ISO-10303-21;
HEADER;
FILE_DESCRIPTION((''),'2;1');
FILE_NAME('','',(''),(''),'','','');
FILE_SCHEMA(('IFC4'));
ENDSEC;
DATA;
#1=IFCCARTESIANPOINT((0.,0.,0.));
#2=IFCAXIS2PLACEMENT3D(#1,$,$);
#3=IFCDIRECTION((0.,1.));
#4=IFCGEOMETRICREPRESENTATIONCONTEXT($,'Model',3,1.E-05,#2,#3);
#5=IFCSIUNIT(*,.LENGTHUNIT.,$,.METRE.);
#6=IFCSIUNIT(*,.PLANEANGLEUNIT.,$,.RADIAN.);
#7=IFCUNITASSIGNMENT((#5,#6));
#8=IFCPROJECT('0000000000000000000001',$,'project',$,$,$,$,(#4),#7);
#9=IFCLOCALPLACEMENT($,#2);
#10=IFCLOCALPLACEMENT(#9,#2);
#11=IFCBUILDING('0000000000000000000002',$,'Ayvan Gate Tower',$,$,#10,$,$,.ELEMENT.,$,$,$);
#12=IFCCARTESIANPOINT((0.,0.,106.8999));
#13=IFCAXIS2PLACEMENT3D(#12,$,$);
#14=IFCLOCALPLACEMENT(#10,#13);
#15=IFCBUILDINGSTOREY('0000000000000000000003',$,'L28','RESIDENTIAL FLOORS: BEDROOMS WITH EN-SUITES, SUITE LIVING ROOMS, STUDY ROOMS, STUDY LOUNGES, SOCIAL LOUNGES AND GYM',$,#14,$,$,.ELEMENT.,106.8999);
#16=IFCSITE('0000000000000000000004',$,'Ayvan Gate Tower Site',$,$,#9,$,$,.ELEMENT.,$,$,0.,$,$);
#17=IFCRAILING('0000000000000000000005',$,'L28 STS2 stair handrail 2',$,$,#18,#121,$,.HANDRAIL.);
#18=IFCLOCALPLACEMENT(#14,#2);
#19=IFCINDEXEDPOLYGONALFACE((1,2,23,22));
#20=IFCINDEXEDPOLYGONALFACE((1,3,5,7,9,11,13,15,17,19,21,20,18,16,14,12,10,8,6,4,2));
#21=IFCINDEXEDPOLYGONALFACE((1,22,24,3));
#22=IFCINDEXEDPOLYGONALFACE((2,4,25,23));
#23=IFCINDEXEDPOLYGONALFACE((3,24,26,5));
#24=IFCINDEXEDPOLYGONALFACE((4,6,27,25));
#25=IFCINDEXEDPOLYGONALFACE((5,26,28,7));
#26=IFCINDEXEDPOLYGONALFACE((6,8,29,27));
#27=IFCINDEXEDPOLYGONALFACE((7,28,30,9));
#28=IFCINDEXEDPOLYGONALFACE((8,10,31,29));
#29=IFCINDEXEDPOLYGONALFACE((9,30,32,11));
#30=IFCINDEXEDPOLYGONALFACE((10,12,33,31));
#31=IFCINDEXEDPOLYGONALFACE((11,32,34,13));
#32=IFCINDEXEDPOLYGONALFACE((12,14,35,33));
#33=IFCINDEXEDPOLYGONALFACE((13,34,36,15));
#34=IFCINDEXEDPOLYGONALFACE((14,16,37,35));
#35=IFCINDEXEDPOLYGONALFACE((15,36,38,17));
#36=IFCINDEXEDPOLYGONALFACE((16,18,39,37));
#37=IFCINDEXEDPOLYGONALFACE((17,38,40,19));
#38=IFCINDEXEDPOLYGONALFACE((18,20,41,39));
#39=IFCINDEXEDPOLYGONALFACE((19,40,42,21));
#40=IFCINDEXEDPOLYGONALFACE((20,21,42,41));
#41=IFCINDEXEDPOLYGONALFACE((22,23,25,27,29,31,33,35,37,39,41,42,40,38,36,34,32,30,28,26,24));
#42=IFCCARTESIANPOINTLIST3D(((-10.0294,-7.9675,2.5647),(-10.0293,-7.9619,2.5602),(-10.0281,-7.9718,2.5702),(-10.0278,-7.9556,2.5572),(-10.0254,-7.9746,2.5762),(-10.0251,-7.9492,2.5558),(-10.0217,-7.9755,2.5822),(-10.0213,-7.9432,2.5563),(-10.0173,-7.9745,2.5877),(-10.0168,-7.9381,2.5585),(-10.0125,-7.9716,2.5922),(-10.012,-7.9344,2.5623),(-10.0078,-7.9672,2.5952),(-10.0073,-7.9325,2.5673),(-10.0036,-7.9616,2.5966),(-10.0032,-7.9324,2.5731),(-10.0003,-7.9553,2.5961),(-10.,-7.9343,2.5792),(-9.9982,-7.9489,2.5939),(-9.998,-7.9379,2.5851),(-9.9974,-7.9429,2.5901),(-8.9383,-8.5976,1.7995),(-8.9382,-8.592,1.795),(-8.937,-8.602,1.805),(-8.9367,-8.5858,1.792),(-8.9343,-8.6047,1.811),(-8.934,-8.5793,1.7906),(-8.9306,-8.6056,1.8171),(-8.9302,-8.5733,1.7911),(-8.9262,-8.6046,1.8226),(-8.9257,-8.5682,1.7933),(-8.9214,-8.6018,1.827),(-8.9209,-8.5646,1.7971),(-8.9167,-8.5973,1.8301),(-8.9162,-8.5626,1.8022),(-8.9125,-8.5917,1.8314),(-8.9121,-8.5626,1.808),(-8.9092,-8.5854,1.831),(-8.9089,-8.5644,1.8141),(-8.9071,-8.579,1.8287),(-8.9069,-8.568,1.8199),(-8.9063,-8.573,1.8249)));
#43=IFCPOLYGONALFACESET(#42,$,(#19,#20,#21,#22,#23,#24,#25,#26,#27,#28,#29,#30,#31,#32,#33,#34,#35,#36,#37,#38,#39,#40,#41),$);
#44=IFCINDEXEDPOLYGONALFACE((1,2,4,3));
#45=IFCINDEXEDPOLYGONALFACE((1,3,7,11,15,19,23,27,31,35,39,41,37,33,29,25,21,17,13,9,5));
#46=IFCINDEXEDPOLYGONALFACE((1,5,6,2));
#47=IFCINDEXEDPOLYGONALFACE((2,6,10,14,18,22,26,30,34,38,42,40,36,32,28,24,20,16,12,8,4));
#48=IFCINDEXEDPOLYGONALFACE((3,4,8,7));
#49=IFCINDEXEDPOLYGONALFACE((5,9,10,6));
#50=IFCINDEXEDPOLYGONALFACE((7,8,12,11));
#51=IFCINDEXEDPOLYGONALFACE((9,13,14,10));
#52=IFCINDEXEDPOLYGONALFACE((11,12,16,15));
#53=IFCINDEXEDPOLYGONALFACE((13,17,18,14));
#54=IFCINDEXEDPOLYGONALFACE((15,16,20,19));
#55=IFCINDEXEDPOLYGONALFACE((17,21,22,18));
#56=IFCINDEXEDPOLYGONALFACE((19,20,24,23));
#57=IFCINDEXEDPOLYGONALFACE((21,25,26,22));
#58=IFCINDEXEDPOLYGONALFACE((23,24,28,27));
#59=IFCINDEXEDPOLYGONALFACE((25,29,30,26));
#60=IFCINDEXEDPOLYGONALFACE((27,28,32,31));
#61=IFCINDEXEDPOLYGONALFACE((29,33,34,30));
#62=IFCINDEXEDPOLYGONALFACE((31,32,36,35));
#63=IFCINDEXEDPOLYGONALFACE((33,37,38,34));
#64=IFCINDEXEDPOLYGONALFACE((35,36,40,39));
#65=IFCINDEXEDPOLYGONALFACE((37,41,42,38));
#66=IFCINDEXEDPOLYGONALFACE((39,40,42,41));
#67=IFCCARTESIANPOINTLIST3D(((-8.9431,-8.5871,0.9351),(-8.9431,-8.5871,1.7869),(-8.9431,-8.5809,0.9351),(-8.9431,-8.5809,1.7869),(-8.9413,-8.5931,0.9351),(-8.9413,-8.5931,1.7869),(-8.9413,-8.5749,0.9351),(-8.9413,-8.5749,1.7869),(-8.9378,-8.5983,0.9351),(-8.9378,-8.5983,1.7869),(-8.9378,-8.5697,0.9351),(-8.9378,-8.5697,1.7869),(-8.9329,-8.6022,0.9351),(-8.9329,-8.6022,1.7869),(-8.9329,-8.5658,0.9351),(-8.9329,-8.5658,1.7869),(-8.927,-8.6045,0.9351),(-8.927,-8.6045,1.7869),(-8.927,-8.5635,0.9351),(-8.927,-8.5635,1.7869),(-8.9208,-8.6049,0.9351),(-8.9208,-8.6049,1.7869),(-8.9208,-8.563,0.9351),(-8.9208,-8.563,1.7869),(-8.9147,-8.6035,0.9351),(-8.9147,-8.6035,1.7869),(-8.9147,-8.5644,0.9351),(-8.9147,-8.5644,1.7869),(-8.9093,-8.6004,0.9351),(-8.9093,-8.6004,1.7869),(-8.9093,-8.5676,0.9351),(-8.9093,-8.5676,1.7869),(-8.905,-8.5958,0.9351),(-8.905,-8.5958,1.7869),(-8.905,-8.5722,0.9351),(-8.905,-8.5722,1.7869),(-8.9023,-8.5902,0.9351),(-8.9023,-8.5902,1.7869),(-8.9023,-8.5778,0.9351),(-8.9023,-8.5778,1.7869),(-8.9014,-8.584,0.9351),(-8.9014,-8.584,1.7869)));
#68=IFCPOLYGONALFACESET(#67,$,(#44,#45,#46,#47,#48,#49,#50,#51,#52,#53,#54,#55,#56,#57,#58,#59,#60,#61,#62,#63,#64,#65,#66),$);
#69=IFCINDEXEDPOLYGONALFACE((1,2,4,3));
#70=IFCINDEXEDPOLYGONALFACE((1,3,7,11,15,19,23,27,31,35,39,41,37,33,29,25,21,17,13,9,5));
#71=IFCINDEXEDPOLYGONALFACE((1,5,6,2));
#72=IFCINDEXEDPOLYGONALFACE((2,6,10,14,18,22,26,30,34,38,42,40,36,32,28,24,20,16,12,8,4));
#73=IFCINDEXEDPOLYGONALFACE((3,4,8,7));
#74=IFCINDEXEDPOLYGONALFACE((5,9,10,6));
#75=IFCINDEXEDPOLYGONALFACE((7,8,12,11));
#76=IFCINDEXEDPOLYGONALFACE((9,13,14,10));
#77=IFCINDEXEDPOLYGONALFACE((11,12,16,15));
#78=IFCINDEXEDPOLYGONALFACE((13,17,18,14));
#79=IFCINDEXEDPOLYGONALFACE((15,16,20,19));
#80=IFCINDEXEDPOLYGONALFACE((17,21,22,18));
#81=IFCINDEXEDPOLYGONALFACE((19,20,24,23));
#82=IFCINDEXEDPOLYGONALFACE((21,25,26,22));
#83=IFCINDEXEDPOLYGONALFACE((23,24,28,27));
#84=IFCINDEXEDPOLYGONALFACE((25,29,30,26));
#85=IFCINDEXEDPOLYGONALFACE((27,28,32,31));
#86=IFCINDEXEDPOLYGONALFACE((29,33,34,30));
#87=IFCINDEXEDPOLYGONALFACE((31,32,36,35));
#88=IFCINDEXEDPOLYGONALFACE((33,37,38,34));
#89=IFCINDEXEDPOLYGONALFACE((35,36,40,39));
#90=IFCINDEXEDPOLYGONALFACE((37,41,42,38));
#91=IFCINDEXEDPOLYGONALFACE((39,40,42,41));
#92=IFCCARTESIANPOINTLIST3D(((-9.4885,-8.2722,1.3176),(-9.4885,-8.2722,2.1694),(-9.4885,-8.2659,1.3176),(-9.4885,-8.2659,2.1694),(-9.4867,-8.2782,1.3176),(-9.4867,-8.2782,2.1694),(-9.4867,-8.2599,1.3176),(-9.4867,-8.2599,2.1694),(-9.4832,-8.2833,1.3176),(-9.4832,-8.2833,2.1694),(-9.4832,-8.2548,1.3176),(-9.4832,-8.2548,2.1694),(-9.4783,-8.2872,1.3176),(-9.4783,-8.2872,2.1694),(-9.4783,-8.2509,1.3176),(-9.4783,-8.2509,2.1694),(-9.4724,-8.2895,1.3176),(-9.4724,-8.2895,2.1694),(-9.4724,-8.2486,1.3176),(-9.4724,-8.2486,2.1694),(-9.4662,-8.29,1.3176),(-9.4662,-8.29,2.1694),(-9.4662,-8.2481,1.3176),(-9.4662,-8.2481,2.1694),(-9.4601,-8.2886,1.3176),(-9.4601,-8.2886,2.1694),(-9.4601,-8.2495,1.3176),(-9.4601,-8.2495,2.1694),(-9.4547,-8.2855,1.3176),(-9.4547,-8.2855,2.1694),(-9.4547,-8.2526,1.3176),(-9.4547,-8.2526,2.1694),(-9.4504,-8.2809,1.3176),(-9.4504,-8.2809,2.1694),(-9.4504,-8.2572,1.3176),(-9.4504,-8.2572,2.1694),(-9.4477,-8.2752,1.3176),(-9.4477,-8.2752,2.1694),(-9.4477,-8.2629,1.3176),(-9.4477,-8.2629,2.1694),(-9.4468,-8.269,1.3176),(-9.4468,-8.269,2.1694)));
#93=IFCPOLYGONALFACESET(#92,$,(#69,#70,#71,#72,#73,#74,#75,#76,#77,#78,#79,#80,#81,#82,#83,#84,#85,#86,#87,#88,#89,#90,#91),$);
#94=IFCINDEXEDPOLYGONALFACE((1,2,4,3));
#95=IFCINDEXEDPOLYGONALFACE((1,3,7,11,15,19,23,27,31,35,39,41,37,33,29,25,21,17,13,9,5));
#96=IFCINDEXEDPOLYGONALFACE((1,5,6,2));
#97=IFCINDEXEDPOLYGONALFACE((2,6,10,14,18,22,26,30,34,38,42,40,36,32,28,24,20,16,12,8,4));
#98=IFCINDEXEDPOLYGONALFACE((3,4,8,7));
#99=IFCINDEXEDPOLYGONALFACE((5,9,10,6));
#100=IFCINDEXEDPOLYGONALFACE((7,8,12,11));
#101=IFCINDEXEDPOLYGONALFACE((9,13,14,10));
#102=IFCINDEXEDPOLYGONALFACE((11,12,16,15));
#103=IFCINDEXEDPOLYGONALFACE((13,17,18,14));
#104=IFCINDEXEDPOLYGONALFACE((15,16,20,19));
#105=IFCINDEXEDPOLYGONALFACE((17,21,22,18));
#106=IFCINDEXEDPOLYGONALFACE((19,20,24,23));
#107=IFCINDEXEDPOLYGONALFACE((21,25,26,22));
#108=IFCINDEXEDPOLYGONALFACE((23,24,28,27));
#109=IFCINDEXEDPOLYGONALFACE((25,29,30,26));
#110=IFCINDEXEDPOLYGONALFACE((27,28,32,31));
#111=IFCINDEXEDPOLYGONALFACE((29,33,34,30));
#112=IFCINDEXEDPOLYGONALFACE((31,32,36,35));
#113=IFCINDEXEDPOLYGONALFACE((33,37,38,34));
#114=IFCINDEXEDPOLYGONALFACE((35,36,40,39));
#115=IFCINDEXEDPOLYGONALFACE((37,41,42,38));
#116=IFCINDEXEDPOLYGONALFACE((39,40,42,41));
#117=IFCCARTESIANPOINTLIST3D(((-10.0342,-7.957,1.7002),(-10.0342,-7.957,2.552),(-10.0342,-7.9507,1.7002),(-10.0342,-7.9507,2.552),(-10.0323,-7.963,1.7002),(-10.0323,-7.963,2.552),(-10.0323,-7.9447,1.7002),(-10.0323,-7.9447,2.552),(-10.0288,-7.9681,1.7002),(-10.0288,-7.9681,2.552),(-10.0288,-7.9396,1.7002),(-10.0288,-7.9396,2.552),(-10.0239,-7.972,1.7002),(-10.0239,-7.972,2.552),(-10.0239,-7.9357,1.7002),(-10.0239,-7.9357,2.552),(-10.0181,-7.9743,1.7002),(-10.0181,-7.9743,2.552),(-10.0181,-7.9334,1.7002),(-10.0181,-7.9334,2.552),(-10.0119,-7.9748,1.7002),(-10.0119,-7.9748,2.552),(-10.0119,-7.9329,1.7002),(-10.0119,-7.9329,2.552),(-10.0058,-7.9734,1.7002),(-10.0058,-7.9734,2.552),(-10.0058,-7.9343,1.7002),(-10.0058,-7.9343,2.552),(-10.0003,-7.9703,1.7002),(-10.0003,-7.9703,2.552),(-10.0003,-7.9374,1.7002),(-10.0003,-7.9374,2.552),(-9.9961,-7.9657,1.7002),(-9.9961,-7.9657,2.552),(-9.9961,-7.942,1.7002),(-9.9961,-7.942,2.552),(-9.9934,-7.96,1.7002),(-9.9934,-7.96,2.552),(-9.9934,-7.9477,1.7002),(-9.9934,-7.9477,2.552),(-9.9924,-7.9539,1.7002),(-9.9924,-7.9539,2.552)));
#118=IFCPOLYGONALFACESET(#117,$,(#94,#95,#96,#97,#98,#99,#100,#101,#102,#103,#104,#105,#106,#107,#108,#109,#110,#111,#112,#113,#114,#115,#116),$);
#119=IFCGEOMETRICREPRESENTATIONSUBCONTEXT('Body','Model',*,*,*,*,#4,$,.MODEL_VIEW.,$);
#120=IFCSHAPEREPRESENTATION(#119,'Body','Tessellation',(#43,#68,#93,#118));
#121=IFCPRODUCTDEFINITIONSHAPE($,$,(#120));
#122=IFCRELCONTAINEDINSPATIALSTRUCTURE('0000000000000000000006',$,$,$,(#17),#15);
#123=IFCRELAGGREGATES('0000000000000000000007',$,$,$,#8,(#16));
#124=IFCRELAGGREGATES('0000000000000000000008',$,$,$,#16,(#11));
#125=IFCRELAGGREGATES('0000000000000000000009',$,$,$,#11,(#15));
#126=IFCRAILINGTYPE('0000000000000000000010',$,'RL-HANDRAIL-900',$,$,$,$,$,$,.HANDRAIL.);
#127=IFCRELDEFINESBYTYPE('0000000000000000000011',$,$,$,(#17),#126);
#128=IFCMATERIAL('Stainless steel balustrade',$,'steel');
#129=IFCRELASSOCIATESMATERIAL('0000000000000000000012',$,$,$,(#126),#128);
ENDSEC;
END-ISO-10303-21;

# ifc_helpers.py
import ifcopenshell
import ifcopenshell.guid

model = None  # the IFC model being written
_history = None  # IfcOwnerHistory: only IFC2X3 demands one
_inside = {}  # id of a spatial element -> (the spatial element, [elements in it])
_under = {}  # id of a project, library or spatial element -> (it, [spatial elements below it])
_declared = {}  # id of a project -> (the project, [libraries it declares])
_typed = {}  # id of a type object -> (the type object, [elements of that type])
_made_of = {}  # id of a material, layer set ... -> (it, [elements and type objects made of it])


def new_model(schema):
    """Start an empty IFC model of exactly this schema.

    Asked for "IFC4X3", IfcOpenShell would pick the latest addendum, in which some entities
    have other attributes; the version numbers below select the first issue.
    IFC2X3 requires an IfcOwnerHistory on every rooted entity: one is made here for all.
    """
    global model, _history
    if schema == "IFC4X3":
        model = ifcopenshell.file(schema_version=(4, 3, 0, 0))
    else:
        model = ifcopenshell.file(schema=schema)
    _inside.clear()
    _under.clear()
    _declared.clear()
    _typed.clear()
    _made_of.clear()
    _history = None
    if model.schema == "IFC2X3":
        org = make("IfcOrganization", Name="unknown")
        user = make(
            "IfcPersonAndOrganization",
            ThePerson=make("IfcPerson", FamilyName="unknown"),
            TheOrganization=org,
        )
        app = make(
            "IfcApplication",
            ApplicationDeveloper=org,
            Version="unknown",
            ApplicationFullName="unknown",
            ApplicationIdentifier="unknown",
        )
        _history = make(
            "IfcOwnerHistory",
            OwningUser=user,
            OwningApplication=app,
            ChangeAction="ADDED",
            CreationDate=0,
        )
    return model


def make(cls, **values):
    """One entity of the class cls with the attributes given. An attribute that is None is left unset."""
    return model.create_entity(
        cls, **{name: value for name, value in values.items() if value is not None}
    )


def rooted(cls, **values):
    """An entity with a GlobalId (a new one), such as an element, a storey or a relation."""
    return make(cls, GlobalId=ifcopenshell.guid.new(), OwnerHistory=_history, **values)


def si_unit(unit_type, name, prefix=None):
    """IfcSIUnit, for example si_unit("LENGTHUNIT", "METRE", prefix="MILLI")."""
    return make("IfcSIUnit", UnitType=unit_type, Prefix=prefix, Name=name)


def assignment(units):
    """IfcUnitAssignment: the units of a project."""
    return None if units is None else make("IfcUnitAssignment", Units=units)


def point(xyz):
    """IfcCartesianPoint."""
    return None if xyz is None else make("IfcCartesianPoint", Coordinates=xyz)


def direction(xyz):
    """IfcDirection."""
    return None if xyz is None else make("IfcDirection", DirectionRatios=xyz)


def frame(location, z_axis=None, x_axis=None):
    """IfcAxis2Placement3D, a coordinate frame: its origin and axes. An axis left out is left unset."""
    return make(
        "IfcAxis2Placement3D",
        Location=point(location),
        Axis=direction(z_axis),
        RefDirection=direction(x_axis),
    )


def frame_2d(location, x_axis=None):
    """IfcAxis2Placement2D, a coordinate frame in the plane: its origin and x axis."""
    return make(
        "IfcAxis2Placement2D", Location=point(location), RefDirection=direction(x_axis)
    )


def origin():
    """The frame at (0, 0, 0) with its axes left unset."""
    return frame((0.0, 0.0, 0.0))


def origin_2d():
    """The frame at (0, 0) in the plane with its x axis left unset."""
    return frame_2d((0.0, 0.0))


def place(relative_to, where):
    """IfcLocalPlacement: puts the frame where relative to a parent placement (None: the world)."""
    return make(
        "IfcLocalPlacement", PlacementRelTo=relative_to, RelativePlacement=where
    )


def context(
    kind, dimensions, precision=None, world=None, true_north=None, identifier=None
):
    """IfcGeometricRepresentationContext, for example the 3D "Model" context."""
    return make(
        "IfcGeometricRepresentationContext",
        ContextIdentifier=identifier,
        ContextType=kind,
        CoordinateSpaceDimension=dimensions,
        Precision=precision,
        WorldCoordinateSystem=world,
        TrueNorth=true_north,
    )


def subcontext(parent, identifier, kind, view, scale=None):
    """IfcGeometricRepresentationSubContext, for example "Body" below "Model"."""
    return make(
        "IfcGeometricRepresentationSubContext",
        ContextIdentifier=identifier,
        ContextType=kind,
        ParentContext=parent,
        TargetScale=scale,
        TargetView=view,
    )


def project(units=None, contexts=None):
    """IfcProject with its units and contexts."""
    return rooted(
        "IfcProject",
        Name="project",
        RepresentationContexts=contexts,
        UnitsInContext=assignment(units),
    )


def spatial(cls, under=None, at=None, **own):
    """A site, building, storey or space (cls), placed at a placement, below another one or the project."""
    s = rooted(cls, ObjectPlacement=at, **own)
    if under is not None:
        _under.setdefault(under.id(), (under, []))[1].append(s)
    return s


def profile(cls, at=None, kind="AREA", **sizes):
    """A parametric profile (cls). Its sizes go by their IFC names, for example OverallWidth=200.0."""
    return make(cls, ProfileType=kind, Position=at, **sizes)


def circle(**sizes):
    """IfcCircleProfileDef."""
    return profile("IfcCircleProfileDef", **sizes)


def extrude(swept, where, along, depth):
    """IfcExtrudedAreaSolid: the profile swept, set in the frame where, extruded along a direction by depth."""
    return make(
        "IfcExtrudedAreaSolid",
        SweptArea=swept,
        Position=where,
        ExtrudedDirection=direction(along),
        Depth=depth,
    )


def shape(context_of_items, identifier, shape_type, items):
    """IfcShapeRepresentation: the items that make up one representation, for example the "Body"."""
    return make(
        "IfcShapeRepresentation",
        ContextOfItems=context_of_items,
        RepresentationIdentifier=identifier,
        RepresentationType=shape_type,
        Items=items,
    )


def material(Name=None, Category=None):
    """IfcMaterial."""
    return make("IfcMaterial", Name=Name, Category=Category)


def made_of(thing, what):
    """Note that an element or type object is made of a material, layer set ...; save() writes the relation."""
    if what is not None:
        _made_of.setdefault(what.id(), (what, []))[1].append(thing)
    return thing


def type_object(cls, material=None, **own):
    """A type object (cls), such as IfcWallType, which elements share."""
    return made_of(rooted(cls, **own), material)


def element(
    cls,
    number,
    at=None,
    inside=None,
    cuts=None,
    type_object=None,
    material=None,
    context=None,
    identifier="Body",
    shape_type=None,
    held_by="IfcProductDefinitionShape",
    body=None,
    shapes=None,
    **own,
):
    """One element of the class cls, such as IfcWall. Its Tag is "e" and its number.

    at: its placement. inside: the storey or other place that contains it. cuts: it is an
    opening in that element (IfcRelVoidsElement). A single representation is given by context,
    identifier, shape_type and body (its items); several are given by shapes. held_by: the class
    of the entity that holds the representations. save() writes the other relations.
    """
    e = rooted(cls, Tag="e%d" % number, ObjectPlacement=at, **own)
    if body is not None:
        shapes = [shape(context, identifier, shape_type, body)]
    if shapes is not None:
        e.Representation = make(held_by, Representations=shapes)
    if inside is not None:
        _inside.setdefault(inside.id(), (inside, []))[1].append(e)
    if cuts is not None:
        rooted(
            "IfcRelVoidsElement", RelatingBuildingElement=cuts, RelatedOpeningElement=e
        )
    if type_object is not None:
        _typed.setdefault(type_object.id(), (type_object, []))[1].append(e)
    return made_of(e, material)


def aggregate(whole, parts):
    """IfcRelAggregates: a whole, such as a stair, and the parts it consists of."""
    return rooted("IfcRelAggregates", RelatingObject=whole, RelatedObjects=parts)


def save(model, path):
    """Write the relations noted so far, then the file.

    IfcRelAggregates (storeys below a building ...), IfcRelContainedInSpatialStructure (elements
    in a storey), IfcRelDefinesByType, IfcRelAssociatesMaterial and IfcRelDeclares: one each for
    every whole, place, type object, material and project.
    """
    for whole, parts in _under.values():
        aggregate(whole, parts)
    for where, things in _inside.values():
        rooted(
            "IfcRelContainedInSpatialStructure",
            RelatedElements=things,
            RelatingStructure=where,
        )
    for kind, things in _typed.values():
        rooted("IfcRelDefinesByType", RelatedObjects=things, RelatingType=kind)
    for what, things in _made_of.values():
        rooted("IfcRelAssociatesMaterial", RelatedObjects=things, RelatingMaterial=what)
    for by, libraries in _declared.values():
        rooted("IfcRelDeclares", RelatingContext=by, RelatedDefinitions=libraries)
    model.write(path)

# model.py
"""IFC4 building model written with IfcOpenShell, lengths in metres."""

from ifc_helpers import new_model, si_unit, direction, frame, origin, origin_2d, place, context, subcontext, project, spatial, circle, extrude, material, type_object, element, save


model = new_model("IFC4")

# Units and contexts
model_context = context("Model", 3, precision=1e-05, world=origin(), true_north=direction((0.0, 1.0)))
body_context = subcontext(model_context, "Body", "Model", "MODEL_VIEW")
ifc_project = project(units=[si_unit("LENGTHUNIT", "METRE"), si_unit("PLANEANGLEUNIT", "RADIAN")], contexts=[model_context])

# Site, building, storey
site_placement = place(None, origin())
site = spatial("IfcSite", under=ifc_project, at=site_placement, Name="Ayvan Gate Tower Site", CompositionType="ELEMENT", RefElevation=0.0)
building_placement = place(site_placement, origin())
building = spatial("IfcBuilding", under=site, at=building_placement, Name="Ayvan Gate Tower", CompositionType="ELEMENT")
storey_placement = place(building_placement, frame((0.0, 0.0, 106.8999)))
storey = spatial("IfcBuildingStorey", under=building, at=storey_placement, Name="L28", Description="RESIDENTIAL FLOORS: BEDROOMS WITH EN-SUITES, SUITE LIVING ROOMS, STUDY ROOMS, STUDY LOUNGES, SOCIAL LOUNGES AND GYM", CompositionType="ELEMENT", Elevation=106.8999)

# Railing
ifc_material_1 = material(Name="Stainless steel balustrade", Category="steel")
railing_type_1 = type_object("IfcRailingType", Name="RL-HANDRAIL-900", PredefinedType="HANDRAIL", material=ifc_material_1)
railing_1_placement = place(storey_placement, frame((-8.9224, -8.584, 0.9351)))
element("IfcRailing", 1, at=railing_1_placement, inside=storey, type_object=railing_type_1, Name="L28 STS2 stair handrail 2", PredefinedType="HANDRAIL", context=body_context, shape_type="SweptSolid", body=[
    extrude(circle(Radius=0.0239, at=origin_2d()), frame((0.0, 0.0, 0.876), z_axis=(-0.740166, 0.427471, 0.51906), x_axis=(-0.500119, -0.865956, 0.0)), (0.0, 0.0, 1.0), 1.4741),
    extrude(circle(Radius=0.021, at=origin_2d()), origin(), (0.0, 0.0, 1.0), 0.8518),
    extrude(circle(Radius=0.021, at=origin_2d()), frame((-0.5454, 0.3149, 0.3826)), (0.0, 0.0, 1.0), 0.8518),
    extrude(circle(Radius=0.021, at=origin_2d()), frame((-1.0911, 0.6301, 0.7651)), (0.0, 0.0, 1.0), 0.8518),
])

save(model, "model.ifc")
